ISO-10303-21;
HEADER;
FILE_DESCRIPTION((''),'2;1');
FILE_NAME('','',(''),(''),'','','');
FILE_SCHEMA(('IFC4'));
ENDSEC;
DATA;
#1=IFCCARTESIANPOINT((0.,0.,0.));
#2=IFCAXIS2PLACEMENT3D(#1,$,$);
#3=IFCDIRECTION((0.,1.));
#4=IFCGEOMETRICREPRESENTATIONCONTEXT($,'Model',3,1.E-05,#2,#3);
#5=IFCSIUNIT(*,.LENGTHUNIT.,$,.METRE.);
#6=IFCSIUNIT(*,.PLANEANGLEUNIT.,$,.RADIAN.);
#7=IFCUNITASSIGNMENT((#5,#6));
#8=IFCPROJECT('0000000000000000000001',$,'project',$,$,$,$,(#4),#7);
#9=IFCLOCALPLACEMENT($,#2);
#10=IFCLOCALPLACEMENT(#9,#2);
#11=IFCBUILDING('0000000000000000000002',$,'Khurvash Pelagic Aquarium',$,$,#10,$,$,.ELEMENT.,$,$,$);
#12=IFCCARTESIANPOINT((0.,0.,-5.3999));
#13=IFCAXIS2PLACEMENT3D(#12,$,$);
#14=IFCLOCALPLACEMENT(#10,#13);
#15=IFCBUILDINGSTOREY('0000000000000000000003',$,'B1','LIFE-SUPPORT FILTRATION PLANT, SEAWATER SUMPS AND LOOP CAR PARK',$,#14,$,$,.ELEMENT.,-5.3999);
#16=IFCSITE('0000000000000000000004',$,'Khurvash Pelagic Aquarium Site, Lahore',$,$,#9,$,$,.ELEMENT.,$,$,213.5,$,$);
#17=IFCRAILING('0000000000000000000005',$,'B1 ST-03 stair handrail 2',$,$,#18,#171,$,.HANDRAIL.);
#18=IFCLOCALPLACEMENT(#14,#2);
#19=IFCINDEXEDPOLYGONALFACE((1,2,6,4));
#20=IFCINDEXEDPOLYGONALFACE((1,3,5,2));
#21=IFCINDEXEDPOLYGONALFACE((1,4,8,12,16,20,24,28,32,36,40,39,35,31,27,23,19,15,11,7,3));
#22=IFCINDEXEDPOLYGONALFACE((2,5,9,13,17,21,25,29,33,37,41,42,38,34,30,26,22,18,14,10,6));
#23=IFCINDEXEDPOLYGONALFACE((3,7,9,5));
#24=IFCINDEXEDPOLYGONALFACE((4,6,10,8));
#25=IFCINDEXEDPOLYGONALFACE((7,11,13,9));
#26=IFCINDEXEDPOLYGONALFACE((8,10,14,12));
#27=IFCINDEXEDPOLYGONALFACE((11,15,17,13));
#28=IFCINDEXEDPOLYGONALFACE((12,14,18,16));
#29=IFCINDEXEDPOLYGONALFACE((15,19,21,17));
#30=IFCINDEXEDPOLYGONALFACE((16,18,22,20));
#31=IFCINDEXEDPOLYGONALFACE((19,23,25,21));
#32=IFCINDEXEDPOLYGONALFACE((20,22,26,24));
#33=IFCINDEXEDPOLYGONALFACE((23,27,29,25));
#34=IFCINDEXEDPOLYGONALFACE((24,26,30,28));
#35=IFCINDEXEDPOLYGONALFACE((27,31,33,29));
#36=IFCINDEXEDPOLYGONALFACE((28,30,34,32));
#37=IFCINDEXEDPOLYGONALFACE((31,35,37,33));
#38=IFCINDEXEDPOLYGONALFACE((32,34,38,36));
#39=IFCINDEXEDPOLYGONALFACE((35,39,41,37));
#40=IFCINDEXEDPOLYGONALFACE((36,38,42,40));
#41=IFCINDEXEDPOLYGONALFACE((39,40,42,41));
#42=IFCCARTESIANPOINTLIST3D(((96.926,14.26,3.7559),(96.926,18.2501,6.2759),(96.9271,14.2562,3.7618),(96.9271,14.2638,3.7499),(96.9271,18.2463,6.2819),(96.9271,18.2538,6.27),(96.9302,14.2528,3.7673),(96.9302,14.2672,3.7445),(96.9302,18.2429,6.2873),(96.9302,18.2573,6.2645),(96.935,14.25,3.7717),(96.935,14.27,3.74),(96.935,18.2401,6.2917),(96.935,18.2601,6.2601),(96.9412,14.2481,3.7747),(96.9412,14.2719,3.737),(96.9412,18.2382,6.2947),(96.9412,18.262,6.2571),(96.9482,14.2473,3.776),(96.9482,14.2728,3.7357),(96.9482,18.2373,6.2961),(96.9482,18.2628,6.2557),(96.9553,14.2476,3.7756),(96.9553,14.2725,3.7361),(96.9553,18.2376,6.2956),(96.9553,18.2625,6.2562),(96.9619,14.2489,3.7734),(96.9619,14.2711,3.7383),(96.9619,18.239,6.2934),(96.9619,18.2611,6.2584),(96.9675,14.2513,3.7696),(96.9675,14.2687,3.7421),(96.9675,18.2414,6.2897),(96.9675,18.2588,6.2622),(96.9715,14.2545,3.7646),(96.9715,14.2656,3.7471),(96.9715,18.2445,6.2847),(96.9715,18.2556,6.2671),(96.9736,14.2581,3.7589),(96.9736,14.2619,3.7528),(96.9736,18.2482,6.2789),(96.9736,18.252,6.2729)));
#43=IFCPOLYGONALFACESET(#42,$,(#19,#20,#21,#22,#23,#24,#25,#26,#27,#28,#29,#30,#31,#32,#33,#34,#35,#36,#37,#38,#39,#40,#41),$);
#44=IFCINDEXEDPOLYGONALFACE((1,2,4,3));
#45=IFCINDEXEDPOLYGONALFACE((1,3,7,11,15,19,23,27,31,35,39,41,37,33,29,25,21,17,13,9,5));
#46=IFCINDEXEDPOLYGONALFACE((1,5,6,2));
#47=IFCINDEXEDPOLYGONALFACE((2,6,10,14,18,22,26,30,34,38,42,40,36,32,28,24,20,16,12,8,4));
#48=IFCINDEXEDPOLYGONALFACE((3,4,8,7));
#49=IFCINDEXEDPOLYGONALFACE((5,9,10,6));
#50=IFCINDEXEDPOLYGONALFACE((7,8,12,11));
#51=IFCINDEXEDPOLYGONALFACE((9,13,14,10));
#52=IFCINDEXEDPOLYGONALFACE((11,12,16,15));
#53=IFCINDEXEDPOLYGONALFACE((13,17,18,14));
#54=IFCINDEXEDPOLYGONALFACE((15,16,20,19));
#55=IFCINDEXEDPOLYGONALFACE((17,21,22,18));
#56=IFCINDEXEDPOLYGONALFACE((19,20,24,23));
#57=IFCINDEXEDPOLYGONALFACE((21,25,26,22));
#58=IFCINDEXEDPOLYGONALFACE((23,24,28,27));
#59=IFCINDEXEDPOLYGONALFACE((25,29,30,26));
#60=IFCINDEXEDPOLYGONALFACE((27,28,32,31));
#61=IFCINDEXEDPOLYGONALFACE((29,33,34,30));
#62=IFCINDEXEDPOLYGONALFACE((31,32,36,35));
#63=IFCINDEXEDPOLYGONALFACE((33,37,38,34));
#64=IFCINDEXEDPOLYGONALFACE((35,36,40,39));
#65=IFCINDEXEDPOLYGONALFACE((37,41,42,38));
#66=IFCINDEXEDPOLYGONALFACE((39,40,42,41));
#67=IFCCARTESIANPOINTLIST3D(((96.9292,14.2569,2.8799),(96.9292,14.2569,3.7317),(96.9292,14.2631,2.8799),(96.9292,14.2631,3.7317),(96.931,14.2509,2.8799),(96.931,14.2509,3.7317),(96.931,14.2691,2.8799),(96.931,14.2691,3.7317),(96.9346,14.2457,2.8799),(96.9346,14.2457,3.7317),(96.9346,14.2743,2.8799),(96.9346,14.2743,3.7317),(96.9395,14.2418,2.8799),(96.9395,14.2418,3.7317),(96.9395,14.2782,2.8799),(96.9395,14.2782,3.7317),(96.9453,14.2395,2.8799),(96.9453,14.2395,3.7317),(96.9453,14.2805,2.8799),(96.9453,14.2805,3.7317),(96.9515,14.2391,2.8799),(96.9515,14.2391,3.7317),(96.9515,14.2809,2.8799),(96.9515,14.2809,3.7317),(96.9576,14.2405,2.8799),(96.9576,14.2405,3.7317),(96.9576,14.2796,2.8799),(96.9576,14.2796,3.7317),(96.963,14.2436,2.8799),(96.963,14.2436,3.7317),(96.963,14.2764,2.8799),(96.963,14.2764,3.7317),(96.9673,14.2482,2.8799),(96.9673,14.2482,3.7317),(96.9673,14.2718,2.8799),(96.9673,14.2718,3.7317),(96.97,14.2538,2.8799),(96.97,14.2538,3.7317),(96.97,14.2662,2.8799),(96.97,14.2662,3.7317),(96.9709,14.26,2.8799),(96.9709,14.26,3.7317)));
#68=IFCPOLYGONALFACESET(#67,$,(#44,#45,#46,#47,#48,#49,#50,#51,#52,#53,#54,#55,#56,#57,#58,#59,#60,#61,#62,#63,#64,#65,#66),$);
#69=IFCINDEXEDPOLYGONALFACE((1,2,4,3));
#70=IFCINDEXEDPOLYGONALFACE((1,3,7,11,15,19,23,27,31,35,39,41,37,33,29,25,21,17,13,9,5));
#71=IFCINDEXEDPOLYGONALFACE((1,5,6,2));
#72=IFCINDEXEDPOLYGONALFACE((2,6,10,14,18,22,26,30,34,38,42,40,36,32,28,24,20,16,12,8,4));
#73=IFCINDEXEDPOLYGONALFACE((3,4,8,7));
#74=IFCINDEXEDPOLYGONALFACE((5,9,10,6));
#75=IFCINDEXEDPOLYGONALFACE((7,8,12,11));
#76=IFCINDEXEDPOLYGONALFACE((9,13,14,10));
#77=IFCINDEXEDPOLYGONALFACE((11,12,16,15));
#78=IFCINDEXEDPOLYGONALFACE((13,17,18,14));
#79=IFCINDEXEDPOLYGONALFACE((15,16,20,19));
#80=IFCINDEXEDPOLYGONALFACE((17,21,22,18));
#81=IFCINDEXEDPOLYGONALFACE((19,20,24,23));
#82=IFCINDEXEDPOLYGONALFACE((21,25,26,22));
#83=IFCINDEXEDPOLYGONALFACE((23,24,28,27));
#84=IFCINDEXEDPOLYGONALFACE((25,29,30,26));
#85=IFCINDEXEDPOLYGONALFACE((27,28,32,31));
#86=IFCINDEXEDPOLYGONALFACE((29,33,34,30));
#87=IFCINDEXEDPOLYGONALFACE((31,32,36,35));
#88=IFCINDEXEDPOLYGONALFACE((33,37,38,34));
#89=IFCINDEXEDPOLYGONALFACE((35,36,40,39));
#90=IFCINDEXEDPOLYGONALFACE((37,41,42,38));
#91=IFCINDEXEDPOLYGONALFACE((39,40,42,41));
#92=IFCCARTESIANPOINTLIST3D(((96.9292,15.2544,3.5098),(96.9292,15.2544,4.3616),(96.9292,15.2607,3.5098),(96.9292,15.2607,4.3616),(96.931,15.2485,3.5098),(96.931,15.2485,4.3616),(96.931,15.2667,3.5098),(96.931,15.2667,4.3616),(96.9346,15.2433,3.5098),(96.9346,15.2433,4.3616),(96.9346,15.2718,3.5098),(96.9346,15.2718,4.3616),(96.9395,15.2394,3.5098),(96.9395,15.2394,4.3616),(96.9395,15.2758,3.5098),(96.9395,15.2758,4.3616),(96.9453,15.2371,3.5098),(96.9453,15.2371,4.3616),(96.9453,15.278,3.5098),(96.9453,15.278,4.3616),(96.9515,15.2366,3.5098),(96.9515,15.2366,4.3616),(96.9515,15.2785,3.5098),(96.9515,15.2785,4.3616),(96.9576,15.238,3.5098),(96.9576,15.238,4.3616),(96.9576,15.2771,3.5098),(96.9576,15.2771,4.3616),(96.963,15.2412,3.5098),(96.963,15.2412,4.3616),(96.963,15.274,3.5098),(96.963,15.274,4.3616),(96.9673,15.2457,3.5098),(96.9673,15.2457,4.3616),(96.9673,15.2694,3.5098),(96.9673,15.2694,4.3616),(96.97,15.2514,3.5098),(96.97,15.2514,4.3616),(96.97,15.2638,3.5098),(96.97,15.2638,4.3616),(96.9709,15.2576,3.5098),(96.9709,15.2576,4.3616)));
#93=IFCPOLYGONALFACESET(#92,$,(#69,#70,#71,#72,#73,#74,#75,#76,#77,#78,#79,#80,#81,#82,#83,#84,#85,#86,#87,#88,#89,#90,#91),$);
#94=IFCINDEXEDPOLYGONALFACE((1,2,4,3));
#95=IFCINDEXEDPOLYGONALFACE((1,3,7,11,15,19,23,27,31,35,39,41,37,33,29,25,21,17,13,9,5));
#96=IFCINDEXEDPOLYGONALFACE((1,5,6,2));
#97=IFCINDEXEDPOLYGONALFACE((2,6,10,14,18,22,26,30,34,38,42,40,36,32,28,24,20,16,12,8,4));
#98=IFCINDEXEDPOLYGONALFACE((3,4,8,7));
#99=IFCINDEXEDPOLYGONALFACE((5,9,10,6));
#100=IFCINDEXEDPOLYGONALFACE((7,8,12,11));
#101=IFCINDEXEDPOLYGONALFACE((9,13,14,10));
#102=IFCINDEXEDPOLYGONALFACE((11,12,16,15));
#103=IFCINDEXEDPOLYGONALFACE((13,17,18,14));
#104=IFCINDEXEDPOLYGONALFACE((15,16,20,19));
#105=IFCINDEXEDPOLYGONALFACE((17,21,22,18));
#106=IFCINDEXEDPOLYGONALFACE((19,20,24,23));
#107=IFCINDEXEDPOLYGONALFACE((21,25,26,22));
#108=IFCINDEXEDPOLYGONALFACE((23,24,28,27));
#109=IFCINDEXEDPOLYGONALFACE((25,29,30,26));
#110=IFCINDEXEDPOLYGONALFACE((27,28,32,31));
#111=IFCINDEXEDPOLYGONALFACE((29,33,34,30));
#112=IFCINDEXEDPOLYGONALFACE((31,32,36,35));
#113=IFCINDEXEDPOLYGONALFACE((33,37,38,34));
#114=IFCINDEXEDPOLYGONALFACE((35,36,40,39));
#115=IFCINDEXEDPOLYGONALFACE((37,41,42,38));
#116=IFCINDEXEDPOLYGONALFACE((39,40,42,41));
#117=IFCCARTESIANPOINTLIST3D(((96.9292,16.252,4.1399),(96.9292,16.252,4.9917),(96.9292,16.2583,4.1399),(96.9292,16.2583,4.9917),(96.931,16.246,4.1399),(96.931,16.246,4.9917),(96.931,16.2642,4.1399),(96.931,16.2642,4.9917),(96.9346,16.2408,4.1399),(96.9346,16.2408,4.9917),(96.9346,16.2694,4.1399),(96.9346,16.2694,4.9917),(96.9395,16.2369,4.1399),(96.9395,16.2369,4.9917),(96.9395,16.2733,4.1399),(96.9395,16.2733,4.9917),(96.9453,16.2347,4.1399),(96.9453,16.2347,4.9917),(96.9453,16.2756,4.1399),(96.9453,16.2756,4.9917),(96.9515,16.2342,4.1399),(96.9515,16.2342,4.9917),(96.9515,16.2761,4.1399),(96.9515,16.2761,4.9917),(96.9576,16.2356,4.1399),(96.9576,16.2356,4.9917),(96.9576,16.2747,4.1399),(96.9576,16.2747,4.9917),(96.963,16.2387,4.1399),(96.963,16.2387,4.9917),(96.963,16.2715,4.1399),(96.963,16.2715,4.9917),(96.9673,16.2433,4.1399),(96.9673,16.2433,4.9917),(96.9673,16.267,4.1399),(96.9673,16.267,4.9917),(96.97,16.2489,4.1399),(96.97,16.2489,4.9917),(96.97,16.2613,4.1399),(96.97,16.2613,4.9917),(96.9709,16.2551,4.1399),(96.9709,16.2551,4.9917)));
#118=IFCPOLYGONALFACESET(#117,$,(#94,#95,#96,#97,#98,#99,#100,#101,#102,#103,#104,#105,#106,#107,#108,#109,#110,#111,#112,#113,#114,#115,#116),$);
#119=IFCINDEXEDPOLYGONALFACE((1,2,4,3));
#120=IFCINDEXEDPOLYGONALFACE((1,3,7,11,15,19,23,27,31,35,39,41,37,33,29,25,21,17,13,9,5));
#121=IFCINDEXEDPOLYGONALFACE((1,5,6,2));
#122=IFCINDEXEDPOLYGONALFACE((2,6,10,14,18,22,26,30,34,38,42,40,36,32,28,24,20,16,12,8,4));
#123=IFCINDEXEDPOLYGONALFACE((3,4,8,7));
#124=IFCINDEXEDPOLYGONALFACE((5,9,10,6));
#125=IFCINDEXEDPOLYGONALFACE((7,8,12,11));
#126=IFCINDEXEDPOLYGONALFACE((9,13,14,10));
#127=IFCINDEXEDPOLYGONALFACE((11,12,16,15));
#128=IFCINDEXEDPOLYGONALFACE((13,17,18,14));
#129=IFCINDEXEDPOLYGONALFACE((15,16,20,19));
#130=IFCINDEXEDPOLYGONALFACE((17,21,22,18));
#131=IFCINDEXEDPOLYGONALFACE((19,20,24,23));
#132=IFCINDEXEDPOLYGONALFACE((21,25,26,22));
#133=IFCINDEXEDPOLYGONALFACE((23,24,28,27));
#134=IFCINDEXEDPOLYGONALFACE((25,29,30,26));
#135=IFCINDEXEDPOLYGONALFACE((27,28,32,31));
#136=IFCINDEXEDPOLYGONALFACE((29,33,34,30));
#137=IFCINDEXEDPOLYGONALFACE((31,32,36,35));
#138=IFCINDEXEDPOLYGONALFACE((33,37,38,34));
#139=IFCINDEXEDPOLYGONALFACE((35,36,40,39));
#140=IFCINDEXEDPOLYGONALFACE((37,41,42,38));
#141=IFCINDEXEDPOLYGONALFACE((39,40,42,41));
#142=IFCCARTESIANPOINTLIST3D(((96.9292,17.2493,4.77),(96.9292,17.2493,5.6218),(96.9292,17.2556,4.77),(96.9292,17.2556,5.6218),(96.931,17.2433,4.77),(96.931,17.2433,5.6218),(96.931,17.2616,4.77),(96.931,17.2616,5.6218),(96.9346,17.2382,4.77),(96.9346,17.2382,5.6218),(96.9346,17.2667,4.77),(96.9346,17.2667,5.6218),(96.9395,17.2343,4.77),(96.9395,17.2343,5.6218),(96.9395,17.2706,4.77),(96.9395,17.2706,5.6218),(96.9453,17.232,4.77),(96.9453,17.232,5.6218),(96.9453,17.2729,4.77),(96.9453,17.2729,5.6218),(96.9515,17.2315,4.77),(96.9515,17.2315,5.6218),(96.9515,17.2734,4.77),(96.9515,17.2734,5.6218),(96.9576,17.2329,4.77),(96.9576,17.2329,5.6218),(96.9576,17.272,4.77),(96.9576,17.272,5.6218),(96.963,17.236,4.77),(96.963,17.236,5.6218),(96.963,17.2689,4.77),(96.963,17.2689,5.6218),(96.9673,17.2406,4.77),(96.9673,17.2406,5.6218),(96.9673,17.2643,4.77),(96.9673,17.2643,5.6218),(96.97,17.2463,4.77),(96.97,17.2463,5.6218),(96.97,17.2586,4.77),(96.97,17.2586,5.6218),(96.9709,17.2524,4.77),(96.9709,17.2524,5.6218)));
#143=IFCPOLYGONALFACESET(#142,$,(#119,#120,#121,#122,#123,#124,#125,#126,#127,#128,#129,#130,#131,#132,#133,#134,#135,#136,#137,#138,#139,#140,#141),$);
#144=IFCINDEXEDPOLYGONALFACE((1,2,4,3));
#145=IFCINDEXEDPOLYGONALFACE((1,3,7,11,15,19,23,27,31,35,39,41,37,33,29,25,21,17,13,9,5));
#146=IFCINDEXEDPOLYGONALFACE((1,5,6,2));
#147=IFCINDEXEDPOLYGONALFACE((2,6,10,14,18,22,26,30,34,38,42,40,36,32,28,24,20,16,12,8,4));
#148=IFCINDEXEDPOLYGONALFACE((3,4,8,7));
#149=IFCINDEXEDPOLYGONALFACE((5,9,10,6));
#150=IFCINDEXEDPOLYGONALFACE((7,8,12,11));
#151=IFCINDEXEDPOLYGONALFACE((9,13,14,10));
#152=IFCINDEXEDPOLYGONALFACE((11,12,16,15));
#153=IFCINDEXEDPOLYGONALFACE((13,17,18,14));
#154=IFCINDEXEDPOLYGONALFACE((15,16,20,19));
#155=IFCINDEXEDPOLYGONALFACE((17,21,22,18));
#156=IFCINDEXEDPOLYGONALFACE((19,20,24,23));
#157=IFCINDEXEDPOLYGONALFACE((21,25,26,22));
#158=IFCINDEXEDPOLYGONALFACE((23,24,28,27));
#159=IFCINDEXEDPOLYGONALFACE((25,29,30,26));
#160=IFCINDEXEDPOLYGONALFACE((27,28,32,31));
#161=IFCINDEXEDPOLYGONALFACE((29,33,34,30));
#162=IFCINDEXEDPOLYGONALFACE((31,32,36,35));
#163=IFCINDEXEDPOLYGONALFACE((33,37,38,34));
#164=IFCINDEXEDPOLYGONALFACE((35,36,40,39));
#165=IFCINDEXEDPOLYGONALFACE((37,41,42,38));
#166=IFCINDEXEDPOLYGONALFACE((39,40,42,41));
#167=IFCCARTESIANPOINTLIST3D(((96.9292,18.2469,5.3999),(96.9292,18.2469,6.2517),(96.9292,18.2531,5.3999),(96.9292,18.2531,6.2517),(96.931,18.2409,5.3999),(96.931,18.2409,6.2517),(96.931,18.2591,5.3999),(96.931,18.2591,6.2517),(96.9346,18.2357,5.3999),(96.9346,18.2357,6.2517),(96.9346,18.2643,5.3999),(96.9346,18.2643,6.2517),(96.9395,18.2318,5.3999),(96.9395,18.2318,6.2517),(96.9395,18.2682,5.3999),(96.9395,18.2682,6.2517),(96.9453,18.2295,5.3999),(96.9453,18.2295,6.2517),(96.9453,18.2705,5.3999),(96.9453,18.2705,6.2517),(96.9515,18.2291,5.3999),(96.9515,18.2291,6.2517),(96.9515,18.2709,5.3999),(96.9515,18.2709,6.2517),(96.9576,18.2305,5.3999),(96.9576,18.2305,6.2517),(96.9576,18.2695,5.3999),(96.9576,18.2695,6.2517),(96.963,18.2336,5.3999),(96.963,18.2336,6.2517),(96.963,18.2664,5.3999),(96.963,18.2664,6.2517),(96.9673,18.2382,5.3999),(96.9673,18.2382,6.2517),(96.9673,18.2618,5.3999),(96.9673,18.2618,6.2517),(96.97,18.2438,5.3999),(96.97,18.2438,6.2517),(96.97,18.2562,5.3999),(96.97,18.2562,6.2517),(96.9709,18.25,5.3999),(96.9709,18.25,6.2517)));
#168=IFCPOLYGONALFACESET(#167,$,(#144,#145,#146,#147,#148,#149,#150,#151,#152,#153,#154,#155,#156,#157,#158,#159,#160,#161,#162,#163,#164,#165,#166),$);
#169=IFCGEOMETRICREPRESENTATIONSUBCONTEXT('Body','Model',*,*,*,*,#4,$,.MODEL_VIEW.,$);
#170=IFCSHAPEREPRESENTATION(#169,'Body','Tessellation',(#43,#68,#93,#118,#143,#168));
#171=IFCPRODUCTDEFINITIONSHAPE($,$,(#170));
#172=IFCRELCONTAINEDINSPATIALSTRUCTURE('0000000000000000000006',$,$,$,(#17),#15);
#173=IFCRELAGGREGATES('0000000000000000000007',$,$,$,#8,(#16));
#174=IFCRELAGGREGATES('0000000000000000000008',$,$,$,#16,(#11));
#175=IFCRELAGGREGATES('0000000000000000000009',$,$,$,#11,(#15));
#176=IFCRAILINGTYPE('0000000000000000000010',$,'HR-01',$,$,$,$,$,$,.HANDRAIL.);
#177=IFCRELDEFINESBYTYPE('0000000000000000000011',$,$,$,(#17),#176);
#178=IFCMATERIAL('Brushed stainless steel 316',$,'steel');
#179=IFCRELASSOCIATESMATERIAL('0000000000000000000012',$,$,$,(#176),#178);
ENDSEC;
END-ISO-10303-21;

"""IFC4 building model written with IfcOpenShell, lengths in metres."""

from ifc_helpers import new_model, si_unit, direction, frame, origin, origin_2d, place, context, subcontext, project, spatial, circle, extrude, material, type_object, element, save


model = new_model("IFC4")

# Units and contexts
model_context = context("Model", 3, precision=1e-05, world=origin(), true_north=direction((0.0, 1.0)))
body_context = subcontext(model_context, "Body", "Model", "MODEL_VIEW")
ifc_project = project(units=[si_unit("LENGTHUNIT", "METRE"), si_unit("PLANEANGLEUNIT", "RADIAN")], contexts=[model_context])

# Site, building, storey
site_placement = place(None, origin())
site = spatial("IfcSite", under=ifc_project, at=site_placement, Name="Khurvash Pelagic Aquarium Site, Lahore", CompositionType="ELEMENT", RefElevation=213.5)
building_placement = place(site_placement, origin())
building = spatial("IfcBuilding", under=site, at=building_placement, Name="Khurvash Pelagic Aquarium", CompositionType="ELEMENT")
storey_placement = place(building_placement, frame((0.0, 0.0, -5.3999)))
storey = spatial("IfcBuildingStorey", under=building, at=storey_placement, Name="B1", Description="LIFE-SUPPORT FILTRATION PLANT, SEAWATER SUMPS AND LOOP CAR PARK", CompositionType="ELEMENT", Elevation=-5.3999)

# Railing
ifc_material_1 = material(Name="Brushed stainless steel 316", Category="steel")
railing_type_1 = type_object("IfcRailingType", Name="HR-01", PredefinedType="HANDRAIL", material=ifc_material_1)
railing_1_placement = place(storey_placement, frame((96.95, 14.26, 2.8799)))
element("IfcRailing", 1, at=railing_1_placement, inside=storey, type_object=railing_type_1, Name="B1 ST-03 stair handrail 2", PredefinedType="HANDRAIL", context=body_context, shape_type="SweptSolid", body=[
    extrude(circle(Radius=0.0239, at=origin_2d()), frame((0.0, 0.0, 0.876), z_axis=(0.0, 0.845486, 0.533997), x_axis=(-1.0, 0.0, 0.0)), (0.0, 0.0, 1.0), 4.7192),
    extrude(circle(Radius=0.021, at=origin_2d()), origin(), (0.0, 0.0, 1.0), 0.8518),
    extrude(circle(Radius=0.021, at=origin_2d()), frame((0.0, 0.9976, 0.6299)), (0.0, 0.0, 1.0), 0.8518),
    extrude(circle(Radius=0.021, at=origin_2d()), frame((0.0, 1.9951, 1.26)), (0.0, 0.0, 1.0), 0.8518),
    extrude(circle(Radius=0.021, at=origin_2d()), frame((0.0, 2.9924, 1.8901)), (0.0, 0.0, 1.0), 0.8518),
    extrude(circle(Radius=0.021, at=origin_2d()), frame((0.0, 3.99, 2.52)), (0.0, 0.0, 1.0), 0.8518),
])

save(model, "model.ifc")
